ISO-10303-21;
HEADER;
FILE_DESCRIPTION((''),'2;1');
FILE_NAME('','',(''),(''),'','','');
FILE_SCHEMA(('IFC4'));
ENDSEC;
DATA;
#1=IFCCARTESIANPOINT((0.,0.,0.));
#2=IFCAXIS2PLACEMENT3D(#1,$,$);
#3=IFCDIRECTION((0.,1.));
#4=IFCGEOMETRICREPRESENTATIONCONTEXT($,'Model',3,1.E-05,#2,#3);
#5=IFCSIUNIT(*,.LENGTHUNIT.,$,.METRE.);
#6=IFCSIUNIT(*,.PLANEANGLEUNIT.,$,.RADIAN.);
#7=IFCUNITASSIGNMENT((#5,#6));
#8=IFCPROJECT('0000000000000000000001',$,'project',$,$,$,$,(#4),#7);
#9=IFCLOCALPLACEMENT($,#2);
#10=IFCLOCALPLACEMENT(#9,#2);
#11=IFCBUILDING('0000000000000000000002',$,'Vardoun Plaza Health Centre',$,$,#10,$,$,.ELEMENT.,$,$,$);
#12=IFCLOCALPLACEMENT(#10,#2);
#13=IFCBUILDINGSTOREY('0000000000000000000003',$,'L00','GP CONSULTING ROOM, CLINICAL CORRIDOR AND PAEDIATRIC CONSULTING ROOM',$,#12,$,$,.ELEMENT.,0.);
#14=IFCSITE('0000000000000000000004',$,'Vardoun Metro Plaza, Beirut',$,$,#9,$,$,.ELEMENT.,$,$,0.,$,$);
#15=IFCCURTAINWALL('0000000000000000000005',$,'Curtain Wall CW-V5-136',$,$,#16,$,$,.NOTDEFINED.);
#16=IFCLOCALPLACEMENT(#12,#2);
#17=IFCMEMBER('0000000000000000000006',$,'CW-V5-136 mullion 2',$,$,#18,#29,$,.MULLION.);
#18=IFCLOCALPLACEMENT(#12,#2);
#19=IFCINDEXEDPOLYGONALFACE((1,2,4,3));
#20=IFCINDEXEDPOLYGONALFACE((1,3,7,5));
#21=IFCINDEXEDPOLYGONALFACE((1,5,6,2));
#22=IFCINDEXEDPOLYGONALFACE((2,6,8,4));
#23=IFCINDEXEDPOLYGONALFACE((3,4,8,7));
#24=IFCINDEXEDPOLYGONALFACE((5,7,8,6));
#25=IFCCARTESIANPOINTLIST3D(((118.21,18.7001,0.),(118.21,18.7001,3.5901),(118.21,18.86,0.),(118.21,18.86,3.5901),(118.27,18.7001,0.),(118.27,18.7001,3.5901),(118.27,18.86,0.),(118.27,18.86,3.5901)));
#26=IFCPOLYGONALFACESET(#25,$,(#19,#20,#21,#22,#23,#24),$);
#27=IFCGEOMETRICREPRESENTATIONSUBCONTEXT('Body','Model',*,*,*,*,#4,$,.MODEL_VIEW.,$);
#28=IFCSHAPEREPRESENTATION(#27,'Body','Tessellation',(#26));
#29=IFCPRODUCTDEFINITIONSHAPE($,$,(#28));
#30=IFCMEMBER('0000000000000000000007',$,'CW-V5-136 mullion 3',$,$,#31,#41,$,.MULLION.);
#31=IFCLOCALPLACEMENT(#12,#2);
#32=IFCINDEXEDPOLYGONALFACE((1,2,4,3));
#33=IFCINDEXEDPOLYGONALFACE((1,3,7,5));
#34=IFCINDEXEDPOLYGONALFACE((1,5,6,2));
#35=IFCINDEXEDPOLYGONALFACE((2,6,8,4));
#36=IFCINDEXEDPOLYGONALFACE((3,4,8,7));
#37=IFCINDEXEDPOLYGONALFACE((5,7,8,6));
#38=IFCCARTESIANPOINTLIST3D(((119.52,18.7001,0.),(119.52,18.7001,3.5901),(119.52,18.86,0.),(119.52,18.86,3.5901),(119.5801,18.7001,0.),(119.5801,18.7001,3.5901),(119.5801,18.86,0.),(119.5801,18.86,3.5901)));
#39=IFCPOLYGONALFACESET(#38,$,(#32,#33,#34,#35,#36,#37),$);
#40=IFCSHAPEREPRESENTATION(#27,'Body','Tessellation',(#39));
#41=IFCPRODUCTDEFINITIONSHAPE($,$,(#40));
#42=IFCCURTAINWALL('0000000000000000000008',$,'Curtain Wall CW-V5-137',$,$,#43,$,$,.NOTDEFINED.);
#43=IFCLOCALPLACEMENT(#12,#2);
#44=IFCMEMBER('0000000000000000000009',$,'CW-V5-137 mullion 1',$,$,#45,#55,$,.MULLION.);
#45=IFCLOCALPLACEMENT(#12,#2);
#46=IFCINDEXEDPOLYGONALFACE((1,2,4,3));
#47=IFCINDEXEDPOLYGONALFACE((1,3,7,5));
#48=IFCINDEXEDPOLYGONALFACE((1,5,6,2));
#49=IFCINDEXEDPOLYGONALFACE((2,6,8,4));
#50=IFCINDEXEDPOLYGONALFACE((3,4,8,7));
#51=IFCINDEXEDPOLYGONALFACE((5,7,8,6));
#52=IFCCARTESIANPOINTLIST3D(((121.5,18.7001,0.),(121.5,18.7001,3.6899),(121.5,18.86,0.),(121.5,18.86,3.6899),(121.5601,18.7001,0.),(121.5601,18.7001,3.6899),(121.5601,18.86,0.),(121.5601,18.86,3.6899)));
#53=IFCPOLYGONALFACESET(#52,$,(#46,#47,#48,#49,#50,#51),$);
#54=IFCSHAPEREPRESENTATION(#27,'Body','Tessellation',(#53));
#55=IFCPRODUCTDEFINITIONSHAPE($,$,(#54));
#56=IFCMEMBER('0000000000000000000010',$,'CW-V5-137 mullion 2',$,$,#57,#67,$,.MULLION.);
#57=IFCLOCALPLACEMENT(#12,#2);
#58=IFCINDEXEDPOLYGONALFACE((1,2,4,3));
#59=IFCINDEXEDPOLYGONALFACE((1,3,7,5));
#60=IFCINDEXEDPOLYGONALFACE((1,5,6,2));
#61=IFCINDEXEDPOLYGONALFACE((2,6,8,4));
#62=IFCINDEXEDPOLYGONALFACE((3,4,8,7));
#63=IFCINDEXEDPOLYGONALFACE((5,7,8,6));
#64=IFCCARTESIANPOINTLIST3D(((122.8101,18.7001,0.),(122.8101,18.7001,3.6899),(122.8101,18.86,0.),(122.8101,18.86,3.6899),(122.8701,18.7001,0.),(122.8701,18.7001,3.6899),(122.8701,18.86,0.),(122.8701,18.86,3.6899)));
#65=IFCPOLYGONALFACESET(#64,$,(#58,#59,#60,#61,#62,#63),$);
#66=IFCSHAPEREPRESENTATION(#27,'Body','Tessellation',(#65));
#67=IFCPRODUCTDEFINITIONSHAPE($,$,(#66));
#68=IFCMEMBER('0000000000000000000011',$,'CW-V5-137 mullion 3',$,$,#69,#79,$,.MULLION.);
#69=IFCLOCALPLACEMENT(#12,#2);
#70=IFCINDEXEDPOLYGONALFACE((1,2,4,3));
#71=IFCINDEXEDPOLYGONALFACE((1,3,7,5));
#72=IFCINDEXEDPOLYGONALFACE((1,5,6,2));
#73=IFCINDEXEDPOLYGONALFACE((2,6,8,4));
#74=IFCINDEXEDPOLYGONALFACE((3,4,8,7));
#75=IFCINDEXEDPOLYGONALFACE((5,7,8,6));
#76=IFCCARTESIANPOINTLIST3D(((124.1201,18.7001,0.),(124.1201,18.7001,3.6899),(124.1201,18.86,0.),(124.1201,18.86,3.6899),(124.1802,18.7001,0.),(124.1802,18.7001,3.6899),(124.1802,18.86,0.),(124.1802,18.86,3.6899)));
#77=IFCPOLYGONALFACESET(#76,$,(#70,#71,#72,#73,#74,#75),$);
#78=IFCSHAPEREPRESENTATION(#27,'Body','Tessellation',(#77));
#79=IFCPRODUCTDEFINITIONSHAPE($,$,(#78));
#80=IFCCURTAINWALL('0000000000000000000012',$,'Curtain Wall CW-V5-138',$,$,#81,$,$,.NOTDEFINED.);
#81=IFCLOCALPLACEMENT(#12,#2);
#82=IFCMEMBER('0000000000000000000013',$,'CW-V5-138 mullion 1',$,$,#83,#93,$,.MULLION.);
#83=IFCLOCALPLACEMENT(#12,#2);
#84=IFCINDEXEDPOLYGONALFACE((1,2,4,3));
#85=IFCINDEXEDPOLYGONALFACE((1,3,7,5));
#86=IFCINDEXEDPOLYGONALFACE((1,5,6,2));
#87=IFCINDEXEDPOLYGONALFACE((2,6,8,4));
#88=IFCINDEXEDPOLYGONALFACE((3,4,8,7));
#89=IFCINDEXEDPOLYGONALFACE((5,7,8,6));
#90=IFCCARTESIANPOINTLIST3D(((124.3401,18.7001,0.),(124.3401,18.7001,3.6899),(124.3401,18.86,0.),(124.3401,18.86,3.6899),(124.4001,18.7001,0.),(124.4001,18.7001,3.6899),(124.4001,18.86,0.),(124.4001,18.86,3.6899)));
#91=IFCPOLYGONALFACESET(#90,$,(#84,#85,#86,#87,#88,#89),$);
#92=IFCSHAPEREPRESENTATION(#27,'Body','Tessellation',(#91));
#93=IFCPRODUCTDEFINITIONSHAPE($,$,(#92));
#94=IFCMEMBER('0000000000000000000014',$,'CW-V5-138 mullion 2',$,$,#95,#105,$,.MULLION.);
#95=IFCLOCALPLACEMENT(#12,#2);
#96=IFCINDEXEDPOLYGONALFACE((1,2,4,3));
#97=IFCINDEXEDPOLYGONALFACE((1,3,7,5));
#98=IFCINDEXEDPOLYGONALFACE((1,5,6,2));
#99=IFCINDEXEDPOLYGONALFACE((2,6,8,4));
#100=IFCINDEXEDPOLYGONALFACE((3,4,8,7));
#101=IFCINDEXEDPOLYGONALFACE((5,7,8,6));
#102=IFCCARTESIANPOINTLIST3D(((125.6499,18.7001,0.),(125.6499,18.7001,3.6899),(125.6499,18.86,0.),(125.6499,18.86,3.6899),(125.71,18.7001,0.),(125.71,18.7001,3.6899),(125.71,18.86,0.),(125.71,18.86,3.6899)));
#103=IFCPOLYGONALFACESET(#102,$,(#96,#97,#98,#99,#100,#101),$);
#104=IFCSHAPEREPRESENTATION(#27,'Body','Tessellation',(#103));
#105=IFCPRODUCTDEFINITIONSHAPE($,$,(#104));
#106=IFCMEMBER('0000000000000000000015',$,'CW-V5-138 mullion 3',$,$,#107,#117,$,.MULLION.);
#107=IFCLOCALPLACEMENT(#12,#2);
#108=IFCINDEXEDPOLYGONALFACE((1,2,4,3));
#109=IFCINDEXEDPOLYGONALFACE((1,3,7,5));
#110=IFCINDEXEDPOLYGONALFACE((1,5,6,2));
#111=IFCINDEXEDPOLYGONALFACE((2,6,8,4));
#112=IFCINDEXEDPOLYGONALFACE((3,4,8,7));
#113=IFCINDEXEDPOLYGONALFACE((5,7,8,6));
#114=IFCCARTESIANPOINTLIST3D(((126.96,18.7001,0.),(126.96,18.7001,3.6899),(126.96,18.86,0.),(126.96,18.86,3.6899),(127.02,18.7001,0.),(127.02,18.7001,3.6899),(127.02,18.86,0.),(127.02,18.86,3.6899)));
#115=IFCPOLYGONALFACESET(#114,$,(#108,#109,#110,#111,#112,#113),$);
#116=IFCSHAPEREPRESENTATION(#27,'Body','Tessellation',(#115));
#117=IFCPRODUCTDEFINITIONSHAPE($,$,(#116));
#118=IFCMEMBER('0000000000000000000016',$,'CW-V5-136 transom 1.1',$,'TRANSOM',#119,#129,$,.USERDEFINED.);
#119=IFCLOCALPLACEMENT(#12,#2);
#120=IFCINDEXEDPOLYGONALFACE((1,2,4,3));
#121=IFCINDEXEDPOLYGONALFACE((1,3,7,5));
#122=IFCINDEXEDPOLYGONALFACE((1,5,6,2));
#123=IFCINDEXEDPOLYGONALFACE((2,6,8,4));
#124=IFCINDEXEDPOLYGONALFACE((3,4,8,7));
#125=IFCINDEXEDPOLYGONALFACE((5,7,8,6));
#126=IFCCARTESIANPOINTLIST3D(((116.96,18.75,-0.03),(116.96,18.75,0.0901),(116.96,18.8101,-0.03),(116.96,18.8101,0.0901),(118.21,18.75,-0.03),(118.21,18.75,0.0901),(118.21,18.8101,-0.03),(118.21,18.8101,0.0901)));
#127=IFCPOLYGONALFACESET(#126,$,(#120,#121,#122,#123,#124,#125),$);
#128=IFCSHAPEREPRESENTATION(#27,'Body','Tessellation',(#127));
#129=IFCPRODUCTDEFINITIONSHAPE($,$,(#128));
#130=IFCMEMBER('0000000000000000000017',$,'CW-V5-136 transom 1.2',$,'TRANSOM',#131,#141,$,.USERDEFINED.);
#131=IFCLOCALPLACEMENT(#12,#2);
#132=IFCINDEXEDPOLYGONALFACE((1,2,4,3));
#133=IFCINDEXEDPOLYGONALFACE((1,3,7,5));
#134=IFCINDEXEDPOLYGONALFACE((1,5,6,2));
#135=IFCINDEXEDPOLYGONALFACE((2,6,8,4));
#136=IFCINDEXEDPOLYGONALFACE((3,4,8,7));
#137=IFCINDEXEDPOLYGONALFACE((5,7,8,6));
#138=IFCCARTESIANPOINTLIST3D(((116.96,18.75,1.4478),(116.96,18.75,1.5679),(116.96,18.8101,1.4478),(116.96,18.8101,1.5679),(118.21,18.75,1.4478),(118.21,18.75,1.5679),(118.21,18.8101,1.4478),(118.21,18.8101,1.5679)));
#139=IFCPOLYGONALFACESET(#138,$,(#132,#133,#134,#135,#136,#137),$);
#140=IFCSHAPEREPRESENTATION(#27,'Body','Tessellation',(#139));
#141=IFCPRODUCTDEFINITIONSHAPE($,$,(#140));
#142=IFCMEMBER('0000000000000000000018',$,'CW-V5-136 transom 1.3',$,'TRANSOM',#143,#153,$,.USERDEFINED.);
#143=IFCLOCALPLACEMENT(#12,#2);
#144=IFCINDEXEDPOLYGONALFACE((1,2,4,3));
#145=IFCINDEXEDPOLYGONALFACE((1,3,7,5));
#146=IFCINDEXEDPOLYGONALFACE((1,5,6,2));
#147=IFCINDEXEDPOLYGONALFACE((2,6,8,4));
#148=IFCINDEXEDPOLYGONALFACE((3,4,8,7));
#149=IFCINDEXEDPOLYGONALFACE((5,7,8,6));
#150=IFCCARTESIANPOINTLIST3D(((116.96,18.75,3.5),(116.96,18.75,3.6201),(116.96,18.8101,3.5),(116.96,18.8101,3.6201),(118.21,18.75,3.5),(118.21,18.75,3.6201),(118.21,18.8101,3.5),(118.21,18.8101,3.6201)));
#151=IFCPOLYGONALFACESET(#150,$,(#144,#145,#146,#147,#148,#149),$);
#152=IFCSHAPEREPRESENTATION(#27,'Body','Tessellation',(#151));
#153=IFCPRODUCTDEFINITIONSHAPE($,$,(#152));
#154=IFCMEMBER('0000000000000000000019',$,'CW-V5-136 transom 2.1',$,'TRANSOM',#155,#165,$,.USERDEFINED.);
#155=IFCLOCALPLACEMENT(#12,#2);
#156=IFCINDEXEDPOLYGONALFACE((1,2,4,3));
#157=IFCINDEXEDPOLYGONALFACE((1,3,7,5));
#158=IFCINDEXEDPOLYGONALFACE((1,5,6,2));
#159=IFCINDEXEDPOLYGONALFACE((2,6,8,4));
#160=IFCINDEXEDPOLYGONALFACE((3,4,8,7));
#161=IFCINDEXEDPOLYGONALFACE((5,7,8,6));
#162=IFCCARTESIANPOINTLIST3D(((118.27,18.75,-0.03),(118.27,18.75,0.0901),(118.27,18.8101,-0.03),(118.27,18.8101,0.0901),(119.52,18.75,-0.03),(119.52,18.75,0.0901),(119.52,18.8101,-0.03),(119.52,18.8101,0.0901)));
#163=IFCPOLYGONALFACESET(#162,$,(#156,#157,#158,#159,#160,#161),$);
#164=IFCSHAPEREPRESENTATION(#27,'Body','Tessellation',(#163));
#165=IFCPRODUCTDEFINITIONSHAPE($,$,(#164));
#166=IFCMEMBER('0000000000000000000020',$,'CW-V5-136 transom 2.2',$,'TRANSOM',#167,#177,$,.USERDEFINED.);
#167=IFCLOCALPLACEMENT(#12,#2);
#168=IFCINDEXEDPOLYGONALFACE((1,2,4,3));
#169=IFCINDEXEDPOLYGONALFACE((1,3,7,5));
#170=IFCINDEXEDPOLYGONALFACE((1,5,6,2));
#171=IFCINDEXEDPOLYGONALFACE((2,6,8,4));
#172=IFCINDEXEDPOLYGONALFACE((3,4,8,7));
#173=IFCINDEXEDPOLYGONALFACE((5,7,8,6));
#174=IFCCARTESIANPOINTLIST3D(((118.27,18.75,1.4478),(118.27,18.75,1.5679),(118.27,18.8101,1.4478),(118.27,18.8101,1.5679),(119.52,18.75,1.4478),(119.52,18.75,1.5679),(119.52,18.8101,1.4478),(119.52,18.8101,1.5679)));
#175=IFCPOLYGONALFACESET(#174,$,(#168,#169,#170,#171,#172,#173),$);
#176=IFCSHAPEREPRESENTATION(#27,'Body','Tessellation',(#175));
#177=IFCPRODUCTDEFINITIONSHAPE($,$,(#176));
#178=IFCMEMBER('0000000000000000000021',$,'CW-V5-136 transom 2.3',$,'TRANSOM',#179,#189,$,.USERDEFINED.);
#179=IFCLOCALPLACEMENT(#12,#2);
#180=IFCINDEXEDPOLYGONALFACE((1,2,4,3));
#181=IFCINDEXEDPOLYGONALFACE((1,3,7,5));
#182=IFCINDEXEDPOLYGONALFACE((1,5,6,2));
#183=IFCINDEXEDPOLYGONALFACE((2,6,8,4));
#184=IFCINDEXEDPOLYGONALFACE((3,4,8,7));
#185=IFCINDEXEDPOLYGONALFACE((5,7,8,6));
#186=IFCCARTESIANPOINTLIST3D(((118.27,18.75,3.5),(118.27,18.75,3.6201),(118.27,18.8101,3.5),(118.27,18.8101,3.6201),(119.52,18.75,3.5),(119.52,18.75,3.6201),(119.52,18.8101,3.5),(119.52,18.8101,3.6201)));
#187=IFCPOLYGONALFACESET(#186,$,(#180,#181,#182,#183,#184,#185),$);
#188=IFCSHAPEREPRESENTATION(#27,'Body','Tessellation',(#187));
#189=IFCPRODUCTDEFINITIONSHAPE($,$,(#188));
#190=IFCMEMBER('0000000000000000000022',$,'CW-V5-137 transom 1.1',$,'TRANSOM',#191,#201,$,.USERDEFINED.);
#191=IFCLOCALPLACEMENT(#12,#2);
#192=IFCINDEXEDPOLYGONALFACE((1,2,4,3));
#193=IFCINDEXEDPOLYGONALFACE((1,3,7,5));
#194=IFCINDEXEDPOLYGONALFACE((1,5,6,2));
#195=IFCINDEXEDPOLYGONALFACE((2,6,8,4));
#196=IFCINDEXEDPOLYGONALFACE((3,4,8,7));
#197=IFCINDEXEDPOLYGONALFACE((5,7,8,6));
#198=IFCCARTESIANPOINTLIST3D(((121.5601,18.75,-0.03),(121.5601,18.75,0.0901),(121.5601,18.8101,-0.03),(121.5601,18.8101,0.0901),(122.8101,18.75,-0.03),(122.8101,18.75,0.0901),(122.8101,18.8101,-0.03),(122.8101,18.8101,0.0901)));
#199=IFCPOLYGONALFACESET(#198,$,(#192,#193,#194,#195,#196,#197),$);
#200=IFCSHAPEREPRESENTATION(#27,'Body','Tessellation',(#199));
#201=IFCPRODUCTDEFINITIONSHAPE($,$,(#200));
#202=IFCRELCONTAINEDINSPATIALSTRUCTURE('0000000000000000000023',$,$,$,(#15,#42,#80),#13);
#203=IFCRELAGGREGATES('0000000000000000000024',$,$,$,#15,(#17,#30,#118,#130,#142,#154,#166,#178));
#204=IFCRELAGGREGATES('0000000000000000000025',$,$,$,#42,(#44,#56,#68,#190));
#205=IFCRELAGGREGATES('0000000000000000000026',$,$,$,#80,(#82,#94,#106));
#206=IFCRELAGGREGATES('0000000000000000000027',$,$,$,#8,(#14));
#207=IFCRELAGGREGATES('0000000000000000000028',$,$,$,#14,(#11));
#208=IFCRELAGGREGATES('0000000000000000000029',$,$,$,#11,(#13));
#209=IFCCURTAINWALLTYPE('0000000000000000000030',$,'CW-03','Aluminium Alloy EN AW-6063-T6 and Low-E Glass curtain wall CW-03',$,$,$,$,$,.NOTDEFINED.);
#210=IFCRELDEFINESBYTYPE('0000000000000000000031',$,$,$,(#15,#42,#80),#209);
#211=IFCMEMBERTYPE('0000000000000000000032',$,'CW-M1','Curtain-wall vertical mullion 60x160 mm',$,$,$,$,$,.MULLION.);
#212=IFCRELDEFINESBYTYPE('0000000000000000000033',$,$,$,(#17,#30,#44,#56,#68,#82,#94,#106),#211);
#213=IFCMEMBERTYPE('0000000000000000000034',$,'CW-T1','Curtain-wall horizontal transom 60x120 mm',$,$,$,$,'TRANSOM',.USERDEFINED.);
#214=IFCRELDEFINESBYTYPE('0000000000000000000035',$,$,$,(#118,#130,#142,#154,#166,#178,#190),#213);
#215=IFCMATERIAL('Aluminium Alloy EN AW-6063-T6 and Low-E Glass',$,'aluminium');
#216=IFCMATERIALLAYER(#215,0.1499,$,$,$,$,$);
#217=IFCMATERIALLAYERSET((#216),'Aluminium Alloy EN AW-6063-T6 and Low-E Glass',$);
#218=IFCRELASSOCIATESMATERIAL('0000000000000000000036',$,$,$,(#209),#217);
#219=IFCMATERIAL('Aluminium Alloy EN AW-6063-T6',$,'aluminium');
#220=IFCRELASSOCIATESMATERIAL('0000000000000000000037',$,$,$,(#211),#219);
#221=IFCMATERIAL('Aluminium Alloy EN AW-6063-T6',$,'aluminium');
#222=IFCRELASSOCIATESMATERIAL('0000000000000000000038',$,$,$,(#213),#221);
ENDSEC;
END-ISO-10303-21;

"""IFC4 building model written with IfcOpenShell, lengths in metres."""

from ifc_helpers import new_model, si_unit, direction, frame, origin, origin_2d, place, context, subcontext, project, spatial, rectangle, extrude, material, layer, layer_set, material_profile, profile_set, type_object, element, aggregate, save


model = new_model("IFC4")

# Units and contexts
model_context = context("Model", 3, precision=1e-05, world=origin(), true_north=direction((0.0, 1.0)))
body_context = subcontext(model_context, "Body", "Model", "MODEL_VIEW")
ifc_project = project(units=[si_unit("LENGTHUNIT", "METRE"), si_unit("PLANEANGLEUNIT", "RADIAN")], contexts=[model_context])

# Site, building, storey
site_placement = place(None, origin())
site = spatial("IfcSite", under=ifc_project, at=site_placement, Name="Vardoun Metro Plaza, Beirut", CompositionType="ELEMENT", RefElevation=0.0)
building_placement = place(site_placement, origin())
building = spatial("IfcBuilding", under=site, at=building_placement, Name="Vardoun Plaza Health Centre", CompositionType="ELEMENT")
storey_placement = place(building_placement, origin())
storey = spatial("IfcBuildingStorey", under=building, at=storey_placement, Name="L00", Description="GP CONSULTING ROOM, CLINICAL CORRIDOR AND PAEDIATRIC CONSULTING ROOM", CompositionType="ELEMENT", Elevation=0.0)

# Curtain walls, members
ifc_material_1 = material(Name="Aluminium Alloy EN AW-6063-T6 and Low-E Glass", Category="aluminium")
ifc_layer_1 = layer(ifc_material_1, 0.1499)
ifc_layer_set_1 = layer_set([ifc_layer_1], Name="Aluminium Alloy EN AW-6063-T6 and Low-E Glass")
curtain_wall_type = type_object("IfcCurtainWallType", Name="CW-03", Description="Aluminium Alloy EN AW-6063-T6 and Low-E Glass curtain wall CW-03", PredefinedType="NOTDEFINED", material=ifc_layer_set_1)
curtain_wall_1_placement = place(storey_placement, origin())
curtain_wall_1 = element("IfcCurtainWall", 1, at=curtain_wall_1_placement, inside=storey, type_object=curtain_wall_type, Name="Curtain Wall CW-V5-136", PredefinedType="NOTDEFINED")
ifc_material_2 = material(Name="Aluminium Alloy EN AW-6063-T6", Category="aluminium")
ifc_material_profile_1 = material_profile(ifc_material_2, rectangle(XDim=0.1599, YDim=0.0601, at=origin_2d()), Name="CWM 60x160")
ifc_profile_set_1 = profile_set([ifc_material_profile_1], Name="Aluminium Alloy EN AW-6063-T6")
member_type_1 = type_object("IfcMemberType", Name="CW-M1", Description="Curtain-wall vertical mullion 60x160 mm", PredefinedType="MULLION", material=ifc_profile_set_1)
member_1_placement = place(storey_placement, frame((118.24, 18.78, 0.0), z_axis=(0.0, 0.0, 1.0), x_axis=(0.0, 1.0, 0.0)))
member_1 = element("IfcMember", 2, at=member_1_placement, type_object=member_type_1, Name="CW-V5-136 mullion 2", PredefinedType="MULLION", context=body_context, shape_type="SweptSolid", body=[
    extrude(rectangle(XDim=0.1599, YDim=0.0601, at=origin_2d()), origin(), (0.0, 0.0, 1.0), 3.5901),
])
member_2_placement = place(storey_placement, frame((119.55, 18.78, 0.0), z_axis=(0.0, 0.0, 1.0), x_axis=(0.0, 1.0, 0.0)))
member_2 = element("IfcMember", 3, at=member_2_placement, type_object=member_type_1, Name="CW-V5-136 mullion 3", PredefinedType="MULLION", context=body_context, shape_type="SweptSolid", body=[
    extrude(rectangle(XDim=0.1599, YDim=0.0601, at=origin_2d()), origin(), (0.0, 0.0, 1.0), 3.5901),
])
curtain_wall_2_placement = place(storey_placement, origin())
curtain_wall_2 = element("IfcCurtainWall", 4, at=curtain_wall_2_placement, inside=storey, type_object=curtain_wall_type, Name="Curtain Wall CW-V5-137", PredefinedType="NOTDEFINED")
member_3_placement = place(storey_placement, frame((121.53, 18.78, 0.0), z_axis=(0.0, 0.0, 1.0), x_axis=(0.0, 1.0, 0.0)))
member_3 = element("IfcMember", 5, at=member_3_placement, type_object=member_type_1, Name="CW-V5-137 mullion 1", PredefinedType="MULLION", context=body_context, shape_type="SweptSolid", body=[
    extrude(rectangle(XDim=0.1599, YDim=0.0601, at=origin_2d()), origin(), (0.0, 0.0, 1.0), 3.6899),
])
member_4_placement = place(storey_placement, frame((122.8401, 18.78, 0.0), z_axis=(0.0, 0.0, 1.0), x_axis=(0.0, 1.0, 0.0)))
member_4 = element("IfcMember", 6, at=member_4_placement, type_object=member_type_1, Name="CW-V5-137 mullion 2", PredefinedType="MULLION", context=body_context, shape_type="SweptSolid", body=[
    extrude(rectangle(XDim=0.1599, YDim=0.0601, at=origin_2d()), origin(), (0.0, 0.0, 1.0), 3.6899),
])
member_5_placement = place(storey_placement, frame((124.1501, 18.78, 0.0), z_axis=(0.0, 0.0, 1.0), x_axis=(0.0, 1.0, 0.0)))
member_5 = element("IfcMember", 7, at=member_5_placement, type_object=member_type_1, Name="CW-V5-137 mullion 3", PredefinedType="MULLION", context=body_context, shape_type="SweptSolid", body=[
    extrude(rectangle(XDim=0.1599, YDim=0.0601, at=origin_2d()), origin(), (0.0, 0.0, 1.0), 3.6899),
])
curtain_wall_3_placement = place(storey_placement, origin())
curtain_wall_3 = element("IfcCurtainWall", 8, at=curtain_wall_3_placement, inside=storey, type_object=curtain_wall_type, Name="Curtain Wall CW-V5-138", PredefinedType="NOTDEFINED")
member_6_placement = place(storey_placement, frame((124.3701, 18.78, 0.0), z_axis=(0.0, 0.0, 1.0), x_axis=(0.0, 1.0, 0.0)))
member_6 = element("IfcMember", 9, at=member_6_placement, type_object=member_type_1, Name="CW-V5-138 mullion 1", PredefinedType="MULLION", context=body_context, shape_type="SweptSolid", body=[
    extrude(rectangle(XDim=0.1599, YDim=0.0601, at=origin_2d()), origin(), (0.0, 0.0, 1.0), 3.6899),
])
member_7_placement = place(storey_placement, frame((125.6799, 18.78, 0.0), z_axis=(0.0, 0.0, 1.0), x_axis=(0.0, 1.0, 0.0)))
member_7 = element("IfcMember", 10, at=member_7_placement, type_object=member_type_1, Name="CW-V5-138 mullion 2", PredefinedType="MULLION", context=body_context, shape_type="SweptSolid", body=[
    extrude(rectangle(XDim=0.1599, YDim=0.0601, at=origin_2d()), origin(), (0.0, 0.0, 1.0), 3.6899),
])
member_8_placement = place(storey_placement, frame((126.99, 18.78, 0.0), z_axis=(0.0, 0.0, 1.0), x_axis=(0.0, 1.0, 0.0)))
member_8 = element("IfcMember", 11, at=member_8_placement, type_object=member_type_1, Name="CW-V5-138 mullion 3", PredefinedType="MULLION", context=body_context, shape_type="SweptSolid", body=[
    extrude(rectangle(XDim=0.1599, YDim=0.0601, at=origin_2d()), origin(), (0.0, 0.0, 1.0), 3.6899),
])

# Members
ifc_material_3 = material(Name="Aluminium Alloy EN AW-6063-T6", Category="aluminium")
ifc_material_profile_2 = material_profile(ifc_material_3, rectangle(XDim=0.0601, YDim=0.1201, at=origin_2d()), Name="CWT 60x120")
ifc_profile_set_2 = profile_set([ifc_material_profile_2], Name="Aluminium Alloy EN AW-6063-T6")
member_type_2 = type_object("IfcMemberType", Name="CW-T1", Description="Curtain-wall horizontal transom 60x120 mm", ElementType="TRANSOM", PredefinedType="USERDEFINED", material=ifc_profile_set_2)
member_9_placement = place(storey_placement, frame((116.96, 18.78, 0.03), z_axis=(1.0, 0.0, 0.0), x_axis=(0.0, 1.0, 0.0)))
member_9 = element("IfcMember", 12, at=member_9_placement, type_object=member_type_2, Name="CW-V5-136 transom 1.1", ObjectType="TRANSOM", PredefinedType="USERDEFINED", context=body_context, shape_type="SweptSolid", body=[
    extrude(rectangle(XDim=0.0601, YDim=0.1201, at=origin_2d()), origin(), (0.0, 0.0, 1.0), 1.25),
])
member_10_placement = place(storey_placement, frame((116.96, 18.78, 1.5078), z_axis=(1.0, 0.0, 0.0), x_axis=(0.0, 1.0, 0.0)))
member_10 = element("IfcMember", 13, at=member_10_placement, type_object=member_type_2, Name="CW-V5-136 transom 1.2", ObjectType="TRANSOM", PredefinedType="USERDEFINED", context=body_context, shape_type="SweptSolid", body=[
    extrude(rectangle(XDim=0.0601, YDim=0.1201, at=origin_2d()), origin(), (0.0, 0.0, 1.0), 1.25),
])
member_11_placement = place(storey_placement, frame((116.96, 18.78, 3.5601), z_axis=(1.0, 0.0, 0.0), x_axis=(0.0, 1.0, 0.0)))
member_11 = element("IfcMember", 14, at=member_11_placement, type_object=member_type_2, Name="CW-V5-136 transom 1.3", ObjectType="TRANSOM", PredefinedType="USERDEFINED", context=body_context, shape_type="SweptSolid", body=[
    extrude(rectangle(XDim=0.0601, YDim=0.1201, at=origin_2d()), origin(), (0.0, 0.0, 1.0), 1.25),
])
member_12_placement = place(storey_placement, frame((118.27, 18.78, 0.03), z_axis=(1.0, 0.0, 0.0), x_axis=(0.0, 1.0, 0.0)))
member_12 = element("IfcMember", 15, at=member_12_placement, type_object=member_type_2, Name="CW-V5-136 transom 2.1", ObjectType="TRANSOM", PredefinedType="USERDEFINED", context=body_context, shape_type="SweptSolid", body=[
    extrude(rectangle(XDim=0.0601, YDim=0.1201, at=origin_2d()), origin(), (0.0, 0.0, 1.0), 1.25),
])
member_13_placement = place(storey_placement, frame((118.27, 18.78, 1.5078), z_axis=(1.0, 0.0, 0.0), x_axis=(0.0, 1.0, 0.0)))
member_13 = element("IfcMember", 16, at=member_13_placement, type_object=member_type_2, Name="CW-V5-136 transom 2.2", ObjectType="TRANSOM", PredefinedType="USERDEFINED", context=body_context, shape_type="SweptSolid", body=[
    extrude(rectangle(XDim=0.0601, YDim=0.1201, at=origin_2d()), origin(), (0.0, 0.0, 1.0), 1.25),
])
member_14_placement = place(storey_placement, frame((118.27, 18.78, 3.5601), z_axis=(1.0, 0.0, 0.0), x_axis=(0.0, 1.0, 0.0)))
member_14 = element("IfcMember", 17, at=member_14_placement, type_object=member_type_2, Name="CW-V5-136 transom 2.3", ObjectType="TRANSOM", PredefinedType="USERDEFINED", context=body_context, shape_type="SweptSolid", body=[
    extrude(rectangle(XDim=0.0601, YDim=0.1201, at=origin_2d()), origin(), (0.0, 0.0, 1.0), 1.25),
])
member_15_placement = place(storey_placement, frame((121.5601, 18.78, 0.03), z_axis=(1.0, 0.0, 0.0), x_axis=(0.0, 1.0, 0.0)))
member_15 = element("IfcMember", 18, at=member_15_placement, type_object=member_type_2, Name="CW-V5-137 transom 1.1", ObjectType="TRANSOM", PredefinedType="USERDEFINED", context=body_context, shape_type="SweptSolid", body=[
    extrude(rectangle(XDim=0.0601, YDim=0.1201, at=origin_2d()), origin(), (0.0, 0.0, 1.0), 1.25),
])

aggregate(curtain_wall_1, [member_1, member_2, member_9, member_10, member_11, member_12, member_13, member_14])
aggregate(curtain_wall_2, [member_3, member_4, member_5, member_15])
aggregate(curtain_wall_3, [member_6, member_7, member_8])

save(model, "model.ifc")
